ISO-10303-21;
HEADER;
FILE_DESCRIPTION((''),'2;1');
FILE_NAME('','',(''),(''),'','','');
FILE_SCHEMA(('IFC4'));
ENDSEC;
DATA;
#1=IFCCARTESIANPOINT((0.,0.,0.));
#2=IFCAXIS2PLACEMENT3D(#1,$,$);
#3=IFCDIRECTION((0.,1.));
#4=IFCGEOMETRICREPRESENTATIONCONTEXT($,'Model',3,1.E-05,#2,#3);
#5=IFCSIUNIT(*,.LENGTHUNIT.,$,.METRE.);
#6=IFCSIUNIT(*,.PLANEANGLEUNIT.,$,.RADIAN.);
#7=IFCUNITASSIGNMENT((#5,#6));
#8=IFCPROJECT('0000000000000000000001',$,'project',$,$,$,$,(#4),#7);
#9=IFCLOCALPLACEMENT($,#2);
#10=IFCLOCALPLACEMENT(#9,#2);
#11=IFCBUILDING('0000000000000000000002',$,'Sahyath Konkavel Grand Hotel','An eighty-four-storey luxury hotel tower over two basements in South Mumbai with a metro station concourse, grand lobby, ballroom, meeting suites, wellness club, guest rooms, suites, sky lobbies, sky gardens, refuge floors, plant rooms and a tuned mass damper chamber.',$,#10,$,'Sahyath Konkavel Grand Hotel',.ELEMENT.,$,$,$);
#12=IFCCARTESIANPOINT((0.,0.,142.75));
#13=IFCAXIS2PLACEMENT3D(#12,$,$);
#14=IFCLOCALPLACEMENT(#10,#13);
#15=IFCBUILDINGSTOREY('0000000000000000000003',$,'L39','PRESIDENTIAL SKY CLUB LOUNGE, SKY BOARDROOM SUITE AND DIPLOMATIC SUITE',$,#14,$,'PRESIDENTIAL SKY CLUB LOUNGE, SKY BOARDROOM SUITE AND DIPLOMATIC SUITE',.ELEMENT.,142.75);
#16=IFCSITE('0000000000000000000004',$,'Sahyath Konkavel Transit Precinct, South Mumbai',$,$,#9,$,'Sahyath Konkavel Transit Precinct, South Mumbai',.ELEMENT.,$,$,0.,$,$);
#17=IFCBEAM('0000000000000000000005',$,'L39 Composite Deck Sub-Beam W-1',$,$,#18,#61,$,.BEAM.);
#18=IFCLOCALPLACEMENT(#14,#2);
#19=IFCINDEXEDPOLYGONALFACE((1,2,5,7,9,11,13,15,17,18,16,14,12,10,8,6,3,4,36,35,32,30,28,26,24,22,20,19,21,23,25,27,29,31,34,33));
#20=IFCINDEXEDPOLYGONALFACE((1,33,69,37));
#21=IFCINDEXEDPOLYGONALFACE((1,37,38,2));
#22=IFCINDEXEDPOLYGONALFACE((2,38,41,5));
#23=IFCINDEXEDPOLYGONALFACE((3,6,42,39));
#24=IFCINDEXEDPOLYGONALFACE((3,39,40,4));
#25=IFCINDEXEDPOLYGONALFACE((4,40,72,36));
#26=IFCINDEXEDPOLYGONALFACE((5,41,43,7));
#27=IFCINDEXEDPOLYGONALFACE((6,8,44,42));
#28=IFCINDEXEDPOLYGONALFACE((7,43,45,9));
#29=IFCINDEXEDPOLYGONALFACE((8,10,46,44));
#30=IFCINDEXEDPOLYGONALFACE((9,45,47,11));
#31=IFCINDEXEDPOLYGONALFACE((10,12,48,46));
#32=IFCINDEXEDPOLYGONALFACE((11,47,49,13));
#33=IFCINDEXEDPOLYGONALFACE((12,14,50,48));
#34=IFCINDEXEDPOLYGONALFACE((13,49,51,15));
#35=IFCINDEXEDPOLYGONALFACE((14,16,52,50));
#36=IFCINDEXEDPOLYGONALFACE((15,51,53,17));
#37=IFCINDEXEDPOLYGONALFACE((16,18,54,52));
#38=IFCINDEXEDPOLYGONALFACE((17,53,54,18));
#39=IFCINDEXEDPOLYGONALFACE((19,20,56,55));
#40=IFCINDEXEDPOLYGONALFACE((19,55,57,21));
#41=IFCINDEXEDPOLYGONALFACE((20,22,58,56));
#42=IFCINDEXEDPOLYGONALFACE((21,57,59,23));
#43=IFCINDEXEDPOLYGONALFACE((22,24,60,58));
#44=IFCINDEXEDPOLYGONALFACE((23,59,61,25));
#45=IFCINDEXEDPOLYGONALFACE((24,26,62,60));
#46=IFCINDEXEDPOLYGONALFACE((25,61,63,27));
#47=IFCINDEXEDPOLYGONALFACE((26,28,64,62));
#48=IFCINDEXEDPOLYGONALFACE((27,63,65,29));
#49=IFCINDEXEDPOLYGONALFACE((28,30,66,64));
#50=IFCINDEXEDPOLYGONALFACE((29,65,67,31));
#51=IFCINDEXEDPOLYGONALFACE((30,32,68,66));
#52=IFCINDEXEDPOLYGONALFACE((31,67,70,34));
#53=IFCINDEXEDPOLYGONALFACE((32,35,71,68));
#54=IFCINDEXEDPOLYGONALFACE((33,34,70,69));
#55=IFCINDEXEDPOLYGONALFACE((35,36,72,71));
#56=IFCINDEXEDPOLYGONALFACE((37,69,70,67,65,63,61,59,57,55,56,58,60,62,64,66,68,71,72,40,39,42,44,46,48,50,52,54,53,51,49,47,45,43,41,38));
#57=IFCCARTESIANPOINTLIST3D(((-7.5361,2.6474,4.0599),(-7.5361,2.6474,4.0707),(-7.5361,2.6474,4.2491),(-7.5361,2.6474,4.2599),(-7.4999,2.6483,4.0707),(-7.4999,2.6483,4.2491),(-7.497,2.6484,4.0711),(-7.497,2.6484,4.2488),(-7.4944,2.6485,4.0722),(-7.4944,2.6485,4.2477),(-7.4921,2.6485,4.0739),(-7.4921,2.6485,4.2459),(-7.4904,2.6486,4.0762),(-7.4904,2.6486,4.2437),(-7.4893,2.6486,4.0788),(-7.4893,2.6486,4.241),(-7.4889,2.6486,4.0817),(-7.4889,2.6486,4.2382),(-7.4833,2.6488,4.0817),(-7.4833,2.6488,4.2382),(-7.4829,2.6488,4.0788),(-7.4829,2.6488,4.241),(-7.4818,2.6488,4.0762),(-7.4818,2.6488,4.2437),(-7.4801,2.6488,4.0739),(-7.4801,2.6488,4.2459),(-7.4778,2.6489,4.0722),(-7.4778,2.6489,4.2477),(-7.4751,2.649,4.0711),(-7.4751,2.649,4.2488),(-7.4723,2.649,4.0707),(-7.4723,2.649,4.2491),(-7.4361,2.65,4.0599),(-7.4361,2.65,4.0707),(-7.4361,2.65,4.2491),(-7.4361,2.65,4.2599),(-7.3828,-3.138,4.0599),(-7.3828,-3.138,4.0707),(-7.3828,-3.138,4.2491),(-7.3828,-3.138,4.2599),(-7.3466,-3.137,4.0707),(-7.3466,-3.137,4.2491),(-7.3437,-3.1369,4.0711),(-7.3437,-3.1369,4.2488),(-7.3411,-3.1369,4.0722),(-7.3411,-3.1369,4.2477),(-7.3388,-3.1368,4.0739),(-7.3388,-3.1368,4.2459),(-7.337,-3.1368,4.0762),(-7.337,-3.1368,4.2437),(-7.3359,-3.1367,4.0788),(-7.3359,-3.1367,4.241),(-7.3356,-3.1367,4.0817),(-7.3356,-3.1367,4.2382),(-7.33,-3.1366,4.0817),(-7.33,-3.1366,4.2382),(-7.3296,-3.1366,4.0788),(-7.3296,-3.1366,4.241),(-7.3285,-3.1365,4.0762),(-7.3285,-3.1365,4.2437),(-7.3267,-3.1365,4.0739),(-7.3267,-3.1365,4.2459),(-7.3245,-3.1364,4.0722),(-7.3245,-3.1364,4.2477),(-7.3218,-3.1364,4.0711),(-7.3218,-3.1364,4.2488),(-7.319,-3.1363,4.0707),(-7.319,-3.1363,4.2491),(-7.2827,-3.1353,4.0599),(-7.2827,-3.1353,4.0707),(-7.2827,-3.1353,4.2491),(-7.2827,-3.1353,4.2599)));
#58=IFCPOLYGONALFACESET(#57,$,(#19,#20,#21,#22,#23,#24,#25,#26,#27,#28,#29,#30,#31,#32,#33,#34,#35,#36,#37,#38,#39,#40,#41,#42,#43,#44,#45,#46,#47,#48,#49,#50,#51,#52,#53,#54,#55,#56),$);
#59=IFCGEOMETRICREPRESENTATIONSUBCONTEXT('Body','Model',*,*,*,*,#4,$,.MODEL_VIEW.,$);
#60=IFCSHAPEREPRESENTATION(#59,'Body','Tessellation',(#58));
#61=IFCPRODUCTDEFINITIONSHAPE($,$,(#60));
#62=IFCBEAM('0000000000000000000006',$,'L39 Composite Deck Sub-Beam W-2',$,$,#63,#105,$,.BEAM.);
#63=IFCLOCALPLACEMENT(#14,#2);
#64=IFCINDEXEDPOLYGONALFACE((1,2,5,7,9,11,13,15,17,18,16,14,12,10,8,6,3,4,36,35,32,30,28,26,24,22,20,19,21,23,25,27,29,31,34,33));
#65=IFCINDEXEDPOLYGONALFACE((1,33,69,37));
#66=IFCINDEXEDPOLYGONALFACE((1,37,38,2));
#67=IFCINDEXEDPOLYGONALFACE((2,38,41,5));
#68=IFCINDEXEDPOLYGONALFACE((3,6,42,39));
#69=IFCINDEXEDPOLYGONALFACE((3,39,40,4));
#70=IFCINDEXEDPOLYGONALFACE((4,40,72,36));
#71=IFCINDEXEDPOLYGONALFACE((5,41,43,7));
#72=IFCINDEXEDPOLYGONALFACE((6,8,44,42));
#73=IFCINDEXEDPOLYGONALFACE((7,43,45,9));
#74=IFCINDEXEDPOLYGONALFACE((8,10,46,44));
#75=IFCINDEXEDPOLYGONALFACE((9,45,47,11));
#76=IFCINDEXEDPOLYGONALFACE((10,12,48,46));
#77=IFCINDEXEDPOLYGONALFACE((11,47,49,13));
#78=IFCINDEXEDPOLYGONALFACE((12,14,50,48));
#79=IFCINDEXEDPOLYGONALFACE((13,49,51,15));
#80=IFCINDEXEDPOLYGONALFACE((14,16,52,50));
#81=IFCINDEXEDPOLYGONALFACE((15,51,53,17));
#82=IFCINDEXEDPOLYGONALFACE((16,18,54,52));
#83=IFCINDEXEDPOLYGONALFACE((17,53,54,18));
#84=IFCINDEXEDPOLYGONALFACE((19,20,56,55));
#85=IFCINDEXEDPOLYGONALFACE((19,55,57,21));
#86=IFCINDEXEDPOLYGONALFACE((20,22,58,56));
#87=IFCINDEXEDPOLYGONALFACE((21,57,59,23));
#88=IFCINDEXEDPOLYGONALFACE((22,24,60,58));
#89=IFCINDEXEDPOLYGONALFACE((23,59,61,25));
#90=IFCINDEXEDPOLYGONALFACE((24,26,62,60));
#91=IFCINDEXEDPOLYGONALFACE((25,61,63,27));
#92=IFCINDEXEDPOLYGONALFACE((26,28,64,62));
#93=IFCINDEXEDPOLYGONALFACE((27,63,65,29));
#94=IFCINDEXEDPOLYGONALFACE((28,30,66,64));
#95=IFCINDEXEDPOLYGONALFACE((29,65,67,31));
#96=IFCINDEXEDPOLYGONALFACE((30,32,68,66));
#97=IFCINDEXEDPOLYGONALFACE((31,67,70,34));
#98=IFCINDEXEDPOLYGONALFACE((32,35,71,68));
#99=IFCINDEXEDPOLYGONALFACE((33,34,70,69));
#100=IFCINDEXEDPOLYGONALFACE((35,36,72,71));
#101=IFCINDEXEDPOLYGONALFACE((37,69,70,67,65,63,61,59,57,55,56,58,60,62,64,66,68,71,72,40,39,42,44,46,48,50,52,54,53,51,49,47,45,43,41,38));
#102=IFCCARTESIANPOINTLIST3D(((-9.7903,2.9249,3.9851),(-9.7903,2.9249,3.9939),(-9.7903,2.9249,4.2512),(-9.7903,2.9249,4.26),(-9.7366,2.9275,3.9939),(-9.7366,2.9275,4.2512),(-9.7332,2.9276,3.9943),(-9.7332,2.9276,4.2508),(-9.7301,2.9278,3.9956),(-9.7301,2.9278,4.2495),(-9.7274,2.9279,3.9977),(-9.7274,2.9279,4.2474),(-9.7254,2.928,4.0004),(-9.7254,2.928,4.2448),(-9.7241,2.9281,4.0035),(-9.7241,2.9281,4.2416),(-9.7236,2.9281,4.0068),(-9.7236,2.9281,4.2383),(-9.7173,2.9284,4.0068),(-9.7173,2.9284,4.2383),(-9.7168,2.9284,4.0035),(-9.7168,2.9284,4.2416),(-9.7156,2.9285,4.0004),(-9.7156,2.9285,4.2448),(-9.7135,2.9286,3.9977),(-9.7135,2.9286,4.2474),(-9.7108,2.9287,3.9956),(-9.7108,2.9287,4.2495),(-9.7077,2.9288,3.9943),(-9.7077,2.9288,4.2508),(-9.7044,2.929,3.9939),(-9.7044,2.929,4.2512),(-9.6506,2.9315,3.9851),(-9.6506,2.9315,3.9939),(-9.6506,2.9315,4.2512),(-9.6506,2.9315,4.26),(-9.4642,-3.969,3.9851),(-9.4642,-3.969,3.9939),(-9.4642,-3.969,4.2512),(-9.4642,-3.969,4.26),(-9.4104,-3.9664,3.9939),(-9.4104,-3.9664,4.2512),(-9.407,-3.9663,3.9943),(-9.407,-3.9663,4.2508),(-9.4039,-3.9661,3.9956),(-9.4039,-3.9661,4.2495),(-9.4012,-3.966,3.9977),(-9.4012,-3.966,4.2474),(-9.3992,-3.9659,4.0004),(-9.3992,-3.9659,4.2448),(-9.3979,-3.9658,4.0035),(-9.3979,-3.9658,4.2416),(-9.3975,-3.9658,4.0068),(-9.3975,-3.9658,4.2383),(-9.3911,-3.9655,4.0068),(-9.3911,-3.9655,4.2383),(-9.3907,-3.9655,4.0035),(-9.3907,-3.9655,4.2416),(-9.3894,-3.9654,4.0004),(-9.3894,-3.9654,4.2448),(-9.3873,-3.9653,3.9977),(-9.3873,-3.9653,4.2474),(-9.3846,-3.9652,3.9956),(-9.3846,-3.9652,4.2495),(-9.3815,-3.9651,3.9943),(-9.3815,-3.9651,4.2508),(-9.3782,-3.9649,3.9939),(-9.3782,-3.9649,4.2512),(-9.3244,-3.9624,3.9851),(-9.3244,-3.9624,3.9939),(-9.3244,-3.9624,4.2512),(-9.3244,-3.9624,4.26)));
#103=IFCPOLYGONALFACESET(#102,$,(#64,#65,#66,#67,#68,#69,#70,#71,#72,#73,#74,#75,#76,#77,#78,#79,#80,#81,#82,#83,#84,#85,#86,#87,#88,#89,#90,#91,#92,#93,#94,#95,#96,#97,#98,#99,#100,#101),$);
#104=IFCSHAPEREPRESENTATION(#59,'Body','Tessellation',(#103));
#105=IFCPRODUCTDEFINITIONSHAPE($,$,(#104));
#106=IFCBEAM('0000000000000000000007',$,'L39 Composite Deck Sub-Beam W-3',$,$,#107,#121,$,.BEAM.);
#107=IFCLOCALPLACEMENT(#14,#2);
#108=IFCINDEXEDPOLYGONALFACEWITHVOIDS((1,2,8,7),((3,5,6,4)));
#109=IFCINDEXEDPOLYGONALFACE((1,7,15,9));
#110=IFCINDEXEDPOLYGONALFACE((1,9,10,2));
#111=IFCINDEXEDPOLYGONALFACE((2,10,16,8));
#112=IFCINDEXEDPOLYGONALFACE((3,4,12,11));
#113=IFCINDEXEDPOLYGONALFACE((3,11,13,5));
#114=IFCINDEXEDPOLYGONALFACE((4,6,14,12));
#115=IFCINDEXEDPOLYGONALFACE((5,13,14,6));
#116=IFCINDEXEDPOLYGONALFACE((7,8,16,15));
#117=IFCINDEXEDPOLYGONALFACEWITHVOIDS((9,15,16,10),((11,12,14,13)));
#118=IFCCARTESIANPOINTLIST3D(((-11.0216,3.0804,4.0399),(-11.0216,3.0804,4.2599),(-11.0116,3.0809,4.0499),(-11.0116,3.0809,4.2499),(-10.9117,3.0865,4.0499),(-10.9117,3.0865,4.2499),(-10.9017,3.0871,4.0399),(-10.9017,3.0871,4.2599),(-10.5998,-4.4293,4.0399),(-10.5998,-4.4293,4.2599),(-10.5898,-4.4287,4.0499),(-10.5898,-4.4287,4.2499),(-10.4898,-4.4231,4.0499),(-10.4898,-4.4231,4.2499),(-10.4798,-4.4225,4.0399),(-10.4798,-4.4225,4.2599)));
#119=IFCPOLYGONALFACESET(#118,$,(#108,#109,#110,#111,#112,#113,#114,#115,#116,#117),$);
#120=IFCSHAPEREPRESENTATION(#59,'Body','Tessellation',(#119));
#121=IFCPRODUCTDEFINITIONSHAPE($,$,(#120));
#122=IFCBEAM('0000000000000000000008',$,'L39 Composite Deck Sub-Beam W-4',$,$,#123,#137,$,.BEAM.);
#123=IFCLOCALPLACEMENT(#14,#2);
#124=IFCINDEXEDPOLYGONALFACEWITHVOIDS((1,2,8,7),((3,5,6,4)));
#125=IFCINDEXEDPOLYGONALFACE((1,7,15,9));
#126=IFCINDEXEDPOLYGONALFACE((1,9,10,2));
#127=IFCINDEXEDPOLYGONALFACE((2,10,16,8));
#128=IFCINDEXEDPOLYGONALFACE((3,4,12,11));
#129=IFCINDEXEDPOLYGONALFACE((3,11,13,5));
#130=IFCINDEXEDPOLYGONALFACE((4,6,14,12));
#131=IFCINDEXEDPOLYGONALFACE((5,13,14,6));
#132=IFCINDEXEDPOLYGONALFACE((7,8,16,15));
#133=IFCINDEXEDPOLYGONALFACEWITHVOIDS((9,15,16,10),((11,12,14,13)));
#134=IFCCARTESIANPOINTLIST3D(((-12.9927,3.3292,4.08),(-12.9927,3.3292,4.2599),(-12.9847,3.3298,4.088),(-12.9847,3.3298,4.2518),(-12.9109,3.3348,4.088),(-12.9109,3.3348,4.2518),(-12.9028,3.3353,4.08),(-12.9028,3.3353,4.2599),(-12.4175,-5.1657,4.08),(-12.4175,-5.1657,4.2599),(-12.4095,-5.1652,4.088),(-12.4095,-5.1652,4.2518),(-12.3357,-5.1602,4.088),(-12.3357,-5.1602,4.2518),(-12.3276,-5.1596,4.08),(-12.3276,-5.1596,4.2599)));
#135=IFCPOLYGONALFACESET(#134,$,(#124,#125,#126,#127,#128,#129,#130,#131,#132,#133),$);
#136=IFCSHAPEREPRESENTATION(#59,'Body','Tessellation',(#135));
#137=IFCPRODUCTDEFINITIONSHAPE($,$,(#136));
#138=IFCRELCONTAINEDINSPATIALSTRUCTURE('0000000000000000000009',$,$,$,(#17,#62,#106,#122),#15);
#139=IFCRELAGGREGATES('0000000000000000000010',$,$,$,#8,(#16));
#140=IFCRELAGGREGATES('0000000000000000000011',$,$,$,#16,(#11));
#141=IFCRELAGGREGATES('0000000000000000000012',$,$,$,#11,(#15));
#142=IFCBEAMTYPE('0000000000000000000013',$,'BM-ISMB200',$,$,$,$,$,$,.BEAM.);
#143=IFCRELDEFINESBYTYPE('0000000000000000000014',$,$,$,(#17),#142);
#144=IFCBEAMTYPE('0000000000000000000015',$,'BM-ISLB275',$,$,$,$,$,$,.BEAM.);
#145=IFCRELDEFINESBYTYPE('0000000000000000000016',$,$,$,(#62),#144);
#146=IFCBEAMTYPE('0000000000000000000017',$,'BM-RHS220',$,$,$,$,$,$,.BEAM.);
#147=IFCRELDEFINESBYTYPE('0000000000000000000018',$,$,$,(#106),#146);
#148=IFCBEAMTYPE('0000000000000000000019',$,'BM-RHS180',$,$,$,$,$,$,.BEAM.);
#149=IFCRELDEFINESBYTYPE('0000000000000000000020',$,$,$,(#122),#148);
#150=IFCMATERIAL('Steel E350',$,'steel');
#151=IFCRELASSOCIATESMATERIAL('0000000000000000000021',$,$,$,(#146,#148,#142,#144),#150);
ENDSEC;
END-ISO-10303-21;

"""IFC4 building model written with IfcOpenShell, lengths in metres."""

from ifc_helpers import new_model, si_unit, direction, frame, origin, origin_2d, place, context, subcontext, project, spatial, hollow_rectangle, i_section, extrude, source, transform, mapped, material, material_profile, profile_set, type_object, element, save


model = new_model("IFC4")

# Units and contexts
model_context = context("Model", 3, precision=1e-05, world=origin(), true_north=direction((0.0, 1.0)))
body_context = subcontext(model_context, "Body", "Model", "MODEL_VIEW")
ifc_project = project(units=[si_unit("LENGTHUNIT", "METRE"), si_unit("PLANEANGLEUNIT", "RADIAN")], contexts=[model_context])

# Site, building, storey
site_placement = place(None, origin())
site = spatial("IfcSite", under=ifc_project, at=site_placement, Name="Sahyath Konkavel Transit Precinct, South Mumbai", LongName="Sahyath Konkavel Transit Precinct, South Mumbai", CompositionType="ELEMENT", RefElevation=0.0)
building_placement = place(site_placement, origin())
building = spatial("IfcBuilding", under=site, at=building_placement, Name="Sahyath Konkavel Grand Hotel", Description="An eighty-four-storey luxury hotel tower over two basements in South Mumbai with a metro station concourse, grand lobby, ballroom, meeting suites, wellness club, guest rooms, suites, sky lobbies, sky gardens, refuge floors, plant rooms and a tuned mass damper chamber.", LongName="Sahyath Konkavel Grand Hotel", CompositionType="ELEMENT")
storey_placement = place(building_placement, frame((0.0, 0.0, 142.75)))
storey = spatial("IfcBuildingStorey", under=building, at=storey_placement, Name="L39", Description="PRESIDENTIAL SKY CLUB LOUNGE, SKY BOARDROOM SUITE AND DIPLOMATIC SUITE", LongName="PRESIDENTIAL SKY CLUB LOUNGE, SKY BOARDROOM SUITE AND DIPLOMATIC SUITE", CompositionType="ELEMENT", Elevation=142.75)

# Beams
ifc_material_1 = material(Name="Steel E350", Category="steel")
ifc_material_profile_1 = material_profile(ifc_material_1, hollow_rectangle(XDim=0.1201, YDim=0.22, WallThickness=0.01, at=origin_2d()), Name="RHS 220x120x10")
ifc_profile_set_1 = profile_set([ifc_material_profile_1], Name="Steel E350")
beam_type_1 = type_object("IfcBeamType", Name="BM-RHS220", PredefinedType="BEAM", material=ifc_profile_set_1)
ifc_material_profile_2 = material_profile(ifc_material_1, hollow_rectangle(XDim=0.0901, YDim=0.1799, WallThickness=0.0081, at=origin_2d()), Name="RHS 180x90x8")
ifc_profile_set_2 = profile_set([ifc_material_profile_2], Name="Steel E350")
beam_type_2 = type_object("IfcBeamType", Name="BM-RHS180", PredefinedType="BEAM", material=ifc_profile_set_2)
ifc_material_profile_3 = material_profile(ifc_material_1, i_section(OverallWidth=0.1001, OverallDepth=0.2, WebThickness=0.0056, FlangeThickness=0.0107, FilletRadius=0.011, at=origin_2d()), Name="ISMB 200")
ifc_profile_set_3 = profile_set([ifc_material_profile_3], Name="Steel E350")
beam_type_3 = type_object("IfcBeamType", Name="BM-ISMB200", PredefinedType="BEAM", material=ifc_profile_set_3)
shared_shape_1 = source(origin(), body_context, "Body", "SweptSolid", [
    extrude(i_section(OverallWidth=0.1001, OverallDepth=0.2, WebThickness=0.0056, FlangeThickness=0.0107, FilletRadius=0.011, at=origin_2d()), origin(), (0.0, 0.0, 1.0), 5.7874),
])
beam_1_placement = place(storey_placement, frame((-7.4861, 2.6487, 4.1599), z_axis=(0.026492, -0.999649, 0.0), x_axis=(0.999649, 0.026492, 0.0)))
element("IfcBeam", 1, at=beam_1_placement, inside=storey, type_object=beam_type_3, Name="L39 Composite Deck Sub-Beam W-1", PredefinedType="BEAM", context=body_context, shape_type="MappedRepresentation", body=[
    mapped(shared_shape_1, transform((0.0, 0.0, 0.0), scale=1.0)),
])
ifc_material_profile_4 = material_profile(ifc_material_1, i_section(OverallWidth=0.1399, OverallDepth=0.2749, WebThickness=0.0063, FlangeThickness=0.0088, FilletRadius=0.0129, at=origin_2d()), Name="ISLB 275")
ifc_profile_set_4 = profile_set([ifc_material_profile_4], Name="Steel E350")
beam_type_4 = type_object("IfcBeamType", Name="BM-ISLB275", PredefinedType="BEAM", material=ifc_profile_set_4)
shared_shape_2 = source(origin(), body_context, "Body", "SweptSolid", [
    extrude(i_section(OverallWidth=0.1399, OverallDepth=0.2749, WebThickness=0.0063, FlangeThickness=0.0088, FilletRadius=0.0129, at=origin_2d()), origin(), (0.0, 0.0, 1.0), 6.9016),
])
beam_2_placement = place(storey_placement, frame((-9.7205, 2.9282, 4.1226), z_axis=(0.047261, -0.998883, 0.0), x_axis=(0.998883, 0.047261, 0.0)))
element("IfcBeam", 2, at=beam_2_placement, inside=storey, type_object=beam_type_4, Name="L39 Composite Deck Sub-Beam W-2", PredefinedType="BEAM", context=body_context, shape_type="MappedRepresentation", body=[
    mapped(shared_shape_2, transform((0.0, 0.0, 0.0), scale=1.0)),
])
shared_shape_3 = source(origin(), body_context, "Body", "SweptSolid", [
    extrude(hollow_rectangle(XDim=0.1201, YDim=0.22, WallThickness=0.01, at=origin_2d()), origin(), (0.0, 0.0, 1.0), 7.5215),
])
beam_3_placement = place(storey_placement, frame((-10.9617, 3.0837, 4.1499), z_axis=(0.05609, -0.998426, 0.0), x_axis=(0.998426, 0.05609, 0.0)))
element("IfcBeam", 3, at=beam_3_placement, inside=storey, type_object=beam_type_1, Name="L39 Composite Deck Sub-Beam W-3", PredefinedType="BEAM", context=body_context, shape_type="MappedRepresentation", body=[
    mapped(shared_shape_3, transform((0.0, 0.0, 0.0), scale=1.0)),
])
shared_shape_4 = source(origin(), body_context, "Body", "SweptSolid", [
    extrude(hollow_rectangle(XDim=0.0901, YDim=0.1799, WallThickness=0.0081, at=origin_2d()), origin(), (0.0, 0.0, 1.0), 8.5144),
])
beam_4_placement = place(storey_placement, frame((-12.9478, 3.3323, 4.1699), z_axis=(0.067556, -0.997715, 0.0), x_axis=(0.997715, 0.067556, 0.0)))
element("IfcBeam", 4, at=beam_4_placement, inside=storey, type_object=beam_type_2, Name="L39 Composite Deck Sub-Beam W-4", PredefinedType="BEAM", context=body_context, shape_type="MappedRepresentation", body=[
    mapped(shared_shape_4, transform((0.0, 0.0, 0.0), scale=1.0)),
])

save(model, "model.ifc")
